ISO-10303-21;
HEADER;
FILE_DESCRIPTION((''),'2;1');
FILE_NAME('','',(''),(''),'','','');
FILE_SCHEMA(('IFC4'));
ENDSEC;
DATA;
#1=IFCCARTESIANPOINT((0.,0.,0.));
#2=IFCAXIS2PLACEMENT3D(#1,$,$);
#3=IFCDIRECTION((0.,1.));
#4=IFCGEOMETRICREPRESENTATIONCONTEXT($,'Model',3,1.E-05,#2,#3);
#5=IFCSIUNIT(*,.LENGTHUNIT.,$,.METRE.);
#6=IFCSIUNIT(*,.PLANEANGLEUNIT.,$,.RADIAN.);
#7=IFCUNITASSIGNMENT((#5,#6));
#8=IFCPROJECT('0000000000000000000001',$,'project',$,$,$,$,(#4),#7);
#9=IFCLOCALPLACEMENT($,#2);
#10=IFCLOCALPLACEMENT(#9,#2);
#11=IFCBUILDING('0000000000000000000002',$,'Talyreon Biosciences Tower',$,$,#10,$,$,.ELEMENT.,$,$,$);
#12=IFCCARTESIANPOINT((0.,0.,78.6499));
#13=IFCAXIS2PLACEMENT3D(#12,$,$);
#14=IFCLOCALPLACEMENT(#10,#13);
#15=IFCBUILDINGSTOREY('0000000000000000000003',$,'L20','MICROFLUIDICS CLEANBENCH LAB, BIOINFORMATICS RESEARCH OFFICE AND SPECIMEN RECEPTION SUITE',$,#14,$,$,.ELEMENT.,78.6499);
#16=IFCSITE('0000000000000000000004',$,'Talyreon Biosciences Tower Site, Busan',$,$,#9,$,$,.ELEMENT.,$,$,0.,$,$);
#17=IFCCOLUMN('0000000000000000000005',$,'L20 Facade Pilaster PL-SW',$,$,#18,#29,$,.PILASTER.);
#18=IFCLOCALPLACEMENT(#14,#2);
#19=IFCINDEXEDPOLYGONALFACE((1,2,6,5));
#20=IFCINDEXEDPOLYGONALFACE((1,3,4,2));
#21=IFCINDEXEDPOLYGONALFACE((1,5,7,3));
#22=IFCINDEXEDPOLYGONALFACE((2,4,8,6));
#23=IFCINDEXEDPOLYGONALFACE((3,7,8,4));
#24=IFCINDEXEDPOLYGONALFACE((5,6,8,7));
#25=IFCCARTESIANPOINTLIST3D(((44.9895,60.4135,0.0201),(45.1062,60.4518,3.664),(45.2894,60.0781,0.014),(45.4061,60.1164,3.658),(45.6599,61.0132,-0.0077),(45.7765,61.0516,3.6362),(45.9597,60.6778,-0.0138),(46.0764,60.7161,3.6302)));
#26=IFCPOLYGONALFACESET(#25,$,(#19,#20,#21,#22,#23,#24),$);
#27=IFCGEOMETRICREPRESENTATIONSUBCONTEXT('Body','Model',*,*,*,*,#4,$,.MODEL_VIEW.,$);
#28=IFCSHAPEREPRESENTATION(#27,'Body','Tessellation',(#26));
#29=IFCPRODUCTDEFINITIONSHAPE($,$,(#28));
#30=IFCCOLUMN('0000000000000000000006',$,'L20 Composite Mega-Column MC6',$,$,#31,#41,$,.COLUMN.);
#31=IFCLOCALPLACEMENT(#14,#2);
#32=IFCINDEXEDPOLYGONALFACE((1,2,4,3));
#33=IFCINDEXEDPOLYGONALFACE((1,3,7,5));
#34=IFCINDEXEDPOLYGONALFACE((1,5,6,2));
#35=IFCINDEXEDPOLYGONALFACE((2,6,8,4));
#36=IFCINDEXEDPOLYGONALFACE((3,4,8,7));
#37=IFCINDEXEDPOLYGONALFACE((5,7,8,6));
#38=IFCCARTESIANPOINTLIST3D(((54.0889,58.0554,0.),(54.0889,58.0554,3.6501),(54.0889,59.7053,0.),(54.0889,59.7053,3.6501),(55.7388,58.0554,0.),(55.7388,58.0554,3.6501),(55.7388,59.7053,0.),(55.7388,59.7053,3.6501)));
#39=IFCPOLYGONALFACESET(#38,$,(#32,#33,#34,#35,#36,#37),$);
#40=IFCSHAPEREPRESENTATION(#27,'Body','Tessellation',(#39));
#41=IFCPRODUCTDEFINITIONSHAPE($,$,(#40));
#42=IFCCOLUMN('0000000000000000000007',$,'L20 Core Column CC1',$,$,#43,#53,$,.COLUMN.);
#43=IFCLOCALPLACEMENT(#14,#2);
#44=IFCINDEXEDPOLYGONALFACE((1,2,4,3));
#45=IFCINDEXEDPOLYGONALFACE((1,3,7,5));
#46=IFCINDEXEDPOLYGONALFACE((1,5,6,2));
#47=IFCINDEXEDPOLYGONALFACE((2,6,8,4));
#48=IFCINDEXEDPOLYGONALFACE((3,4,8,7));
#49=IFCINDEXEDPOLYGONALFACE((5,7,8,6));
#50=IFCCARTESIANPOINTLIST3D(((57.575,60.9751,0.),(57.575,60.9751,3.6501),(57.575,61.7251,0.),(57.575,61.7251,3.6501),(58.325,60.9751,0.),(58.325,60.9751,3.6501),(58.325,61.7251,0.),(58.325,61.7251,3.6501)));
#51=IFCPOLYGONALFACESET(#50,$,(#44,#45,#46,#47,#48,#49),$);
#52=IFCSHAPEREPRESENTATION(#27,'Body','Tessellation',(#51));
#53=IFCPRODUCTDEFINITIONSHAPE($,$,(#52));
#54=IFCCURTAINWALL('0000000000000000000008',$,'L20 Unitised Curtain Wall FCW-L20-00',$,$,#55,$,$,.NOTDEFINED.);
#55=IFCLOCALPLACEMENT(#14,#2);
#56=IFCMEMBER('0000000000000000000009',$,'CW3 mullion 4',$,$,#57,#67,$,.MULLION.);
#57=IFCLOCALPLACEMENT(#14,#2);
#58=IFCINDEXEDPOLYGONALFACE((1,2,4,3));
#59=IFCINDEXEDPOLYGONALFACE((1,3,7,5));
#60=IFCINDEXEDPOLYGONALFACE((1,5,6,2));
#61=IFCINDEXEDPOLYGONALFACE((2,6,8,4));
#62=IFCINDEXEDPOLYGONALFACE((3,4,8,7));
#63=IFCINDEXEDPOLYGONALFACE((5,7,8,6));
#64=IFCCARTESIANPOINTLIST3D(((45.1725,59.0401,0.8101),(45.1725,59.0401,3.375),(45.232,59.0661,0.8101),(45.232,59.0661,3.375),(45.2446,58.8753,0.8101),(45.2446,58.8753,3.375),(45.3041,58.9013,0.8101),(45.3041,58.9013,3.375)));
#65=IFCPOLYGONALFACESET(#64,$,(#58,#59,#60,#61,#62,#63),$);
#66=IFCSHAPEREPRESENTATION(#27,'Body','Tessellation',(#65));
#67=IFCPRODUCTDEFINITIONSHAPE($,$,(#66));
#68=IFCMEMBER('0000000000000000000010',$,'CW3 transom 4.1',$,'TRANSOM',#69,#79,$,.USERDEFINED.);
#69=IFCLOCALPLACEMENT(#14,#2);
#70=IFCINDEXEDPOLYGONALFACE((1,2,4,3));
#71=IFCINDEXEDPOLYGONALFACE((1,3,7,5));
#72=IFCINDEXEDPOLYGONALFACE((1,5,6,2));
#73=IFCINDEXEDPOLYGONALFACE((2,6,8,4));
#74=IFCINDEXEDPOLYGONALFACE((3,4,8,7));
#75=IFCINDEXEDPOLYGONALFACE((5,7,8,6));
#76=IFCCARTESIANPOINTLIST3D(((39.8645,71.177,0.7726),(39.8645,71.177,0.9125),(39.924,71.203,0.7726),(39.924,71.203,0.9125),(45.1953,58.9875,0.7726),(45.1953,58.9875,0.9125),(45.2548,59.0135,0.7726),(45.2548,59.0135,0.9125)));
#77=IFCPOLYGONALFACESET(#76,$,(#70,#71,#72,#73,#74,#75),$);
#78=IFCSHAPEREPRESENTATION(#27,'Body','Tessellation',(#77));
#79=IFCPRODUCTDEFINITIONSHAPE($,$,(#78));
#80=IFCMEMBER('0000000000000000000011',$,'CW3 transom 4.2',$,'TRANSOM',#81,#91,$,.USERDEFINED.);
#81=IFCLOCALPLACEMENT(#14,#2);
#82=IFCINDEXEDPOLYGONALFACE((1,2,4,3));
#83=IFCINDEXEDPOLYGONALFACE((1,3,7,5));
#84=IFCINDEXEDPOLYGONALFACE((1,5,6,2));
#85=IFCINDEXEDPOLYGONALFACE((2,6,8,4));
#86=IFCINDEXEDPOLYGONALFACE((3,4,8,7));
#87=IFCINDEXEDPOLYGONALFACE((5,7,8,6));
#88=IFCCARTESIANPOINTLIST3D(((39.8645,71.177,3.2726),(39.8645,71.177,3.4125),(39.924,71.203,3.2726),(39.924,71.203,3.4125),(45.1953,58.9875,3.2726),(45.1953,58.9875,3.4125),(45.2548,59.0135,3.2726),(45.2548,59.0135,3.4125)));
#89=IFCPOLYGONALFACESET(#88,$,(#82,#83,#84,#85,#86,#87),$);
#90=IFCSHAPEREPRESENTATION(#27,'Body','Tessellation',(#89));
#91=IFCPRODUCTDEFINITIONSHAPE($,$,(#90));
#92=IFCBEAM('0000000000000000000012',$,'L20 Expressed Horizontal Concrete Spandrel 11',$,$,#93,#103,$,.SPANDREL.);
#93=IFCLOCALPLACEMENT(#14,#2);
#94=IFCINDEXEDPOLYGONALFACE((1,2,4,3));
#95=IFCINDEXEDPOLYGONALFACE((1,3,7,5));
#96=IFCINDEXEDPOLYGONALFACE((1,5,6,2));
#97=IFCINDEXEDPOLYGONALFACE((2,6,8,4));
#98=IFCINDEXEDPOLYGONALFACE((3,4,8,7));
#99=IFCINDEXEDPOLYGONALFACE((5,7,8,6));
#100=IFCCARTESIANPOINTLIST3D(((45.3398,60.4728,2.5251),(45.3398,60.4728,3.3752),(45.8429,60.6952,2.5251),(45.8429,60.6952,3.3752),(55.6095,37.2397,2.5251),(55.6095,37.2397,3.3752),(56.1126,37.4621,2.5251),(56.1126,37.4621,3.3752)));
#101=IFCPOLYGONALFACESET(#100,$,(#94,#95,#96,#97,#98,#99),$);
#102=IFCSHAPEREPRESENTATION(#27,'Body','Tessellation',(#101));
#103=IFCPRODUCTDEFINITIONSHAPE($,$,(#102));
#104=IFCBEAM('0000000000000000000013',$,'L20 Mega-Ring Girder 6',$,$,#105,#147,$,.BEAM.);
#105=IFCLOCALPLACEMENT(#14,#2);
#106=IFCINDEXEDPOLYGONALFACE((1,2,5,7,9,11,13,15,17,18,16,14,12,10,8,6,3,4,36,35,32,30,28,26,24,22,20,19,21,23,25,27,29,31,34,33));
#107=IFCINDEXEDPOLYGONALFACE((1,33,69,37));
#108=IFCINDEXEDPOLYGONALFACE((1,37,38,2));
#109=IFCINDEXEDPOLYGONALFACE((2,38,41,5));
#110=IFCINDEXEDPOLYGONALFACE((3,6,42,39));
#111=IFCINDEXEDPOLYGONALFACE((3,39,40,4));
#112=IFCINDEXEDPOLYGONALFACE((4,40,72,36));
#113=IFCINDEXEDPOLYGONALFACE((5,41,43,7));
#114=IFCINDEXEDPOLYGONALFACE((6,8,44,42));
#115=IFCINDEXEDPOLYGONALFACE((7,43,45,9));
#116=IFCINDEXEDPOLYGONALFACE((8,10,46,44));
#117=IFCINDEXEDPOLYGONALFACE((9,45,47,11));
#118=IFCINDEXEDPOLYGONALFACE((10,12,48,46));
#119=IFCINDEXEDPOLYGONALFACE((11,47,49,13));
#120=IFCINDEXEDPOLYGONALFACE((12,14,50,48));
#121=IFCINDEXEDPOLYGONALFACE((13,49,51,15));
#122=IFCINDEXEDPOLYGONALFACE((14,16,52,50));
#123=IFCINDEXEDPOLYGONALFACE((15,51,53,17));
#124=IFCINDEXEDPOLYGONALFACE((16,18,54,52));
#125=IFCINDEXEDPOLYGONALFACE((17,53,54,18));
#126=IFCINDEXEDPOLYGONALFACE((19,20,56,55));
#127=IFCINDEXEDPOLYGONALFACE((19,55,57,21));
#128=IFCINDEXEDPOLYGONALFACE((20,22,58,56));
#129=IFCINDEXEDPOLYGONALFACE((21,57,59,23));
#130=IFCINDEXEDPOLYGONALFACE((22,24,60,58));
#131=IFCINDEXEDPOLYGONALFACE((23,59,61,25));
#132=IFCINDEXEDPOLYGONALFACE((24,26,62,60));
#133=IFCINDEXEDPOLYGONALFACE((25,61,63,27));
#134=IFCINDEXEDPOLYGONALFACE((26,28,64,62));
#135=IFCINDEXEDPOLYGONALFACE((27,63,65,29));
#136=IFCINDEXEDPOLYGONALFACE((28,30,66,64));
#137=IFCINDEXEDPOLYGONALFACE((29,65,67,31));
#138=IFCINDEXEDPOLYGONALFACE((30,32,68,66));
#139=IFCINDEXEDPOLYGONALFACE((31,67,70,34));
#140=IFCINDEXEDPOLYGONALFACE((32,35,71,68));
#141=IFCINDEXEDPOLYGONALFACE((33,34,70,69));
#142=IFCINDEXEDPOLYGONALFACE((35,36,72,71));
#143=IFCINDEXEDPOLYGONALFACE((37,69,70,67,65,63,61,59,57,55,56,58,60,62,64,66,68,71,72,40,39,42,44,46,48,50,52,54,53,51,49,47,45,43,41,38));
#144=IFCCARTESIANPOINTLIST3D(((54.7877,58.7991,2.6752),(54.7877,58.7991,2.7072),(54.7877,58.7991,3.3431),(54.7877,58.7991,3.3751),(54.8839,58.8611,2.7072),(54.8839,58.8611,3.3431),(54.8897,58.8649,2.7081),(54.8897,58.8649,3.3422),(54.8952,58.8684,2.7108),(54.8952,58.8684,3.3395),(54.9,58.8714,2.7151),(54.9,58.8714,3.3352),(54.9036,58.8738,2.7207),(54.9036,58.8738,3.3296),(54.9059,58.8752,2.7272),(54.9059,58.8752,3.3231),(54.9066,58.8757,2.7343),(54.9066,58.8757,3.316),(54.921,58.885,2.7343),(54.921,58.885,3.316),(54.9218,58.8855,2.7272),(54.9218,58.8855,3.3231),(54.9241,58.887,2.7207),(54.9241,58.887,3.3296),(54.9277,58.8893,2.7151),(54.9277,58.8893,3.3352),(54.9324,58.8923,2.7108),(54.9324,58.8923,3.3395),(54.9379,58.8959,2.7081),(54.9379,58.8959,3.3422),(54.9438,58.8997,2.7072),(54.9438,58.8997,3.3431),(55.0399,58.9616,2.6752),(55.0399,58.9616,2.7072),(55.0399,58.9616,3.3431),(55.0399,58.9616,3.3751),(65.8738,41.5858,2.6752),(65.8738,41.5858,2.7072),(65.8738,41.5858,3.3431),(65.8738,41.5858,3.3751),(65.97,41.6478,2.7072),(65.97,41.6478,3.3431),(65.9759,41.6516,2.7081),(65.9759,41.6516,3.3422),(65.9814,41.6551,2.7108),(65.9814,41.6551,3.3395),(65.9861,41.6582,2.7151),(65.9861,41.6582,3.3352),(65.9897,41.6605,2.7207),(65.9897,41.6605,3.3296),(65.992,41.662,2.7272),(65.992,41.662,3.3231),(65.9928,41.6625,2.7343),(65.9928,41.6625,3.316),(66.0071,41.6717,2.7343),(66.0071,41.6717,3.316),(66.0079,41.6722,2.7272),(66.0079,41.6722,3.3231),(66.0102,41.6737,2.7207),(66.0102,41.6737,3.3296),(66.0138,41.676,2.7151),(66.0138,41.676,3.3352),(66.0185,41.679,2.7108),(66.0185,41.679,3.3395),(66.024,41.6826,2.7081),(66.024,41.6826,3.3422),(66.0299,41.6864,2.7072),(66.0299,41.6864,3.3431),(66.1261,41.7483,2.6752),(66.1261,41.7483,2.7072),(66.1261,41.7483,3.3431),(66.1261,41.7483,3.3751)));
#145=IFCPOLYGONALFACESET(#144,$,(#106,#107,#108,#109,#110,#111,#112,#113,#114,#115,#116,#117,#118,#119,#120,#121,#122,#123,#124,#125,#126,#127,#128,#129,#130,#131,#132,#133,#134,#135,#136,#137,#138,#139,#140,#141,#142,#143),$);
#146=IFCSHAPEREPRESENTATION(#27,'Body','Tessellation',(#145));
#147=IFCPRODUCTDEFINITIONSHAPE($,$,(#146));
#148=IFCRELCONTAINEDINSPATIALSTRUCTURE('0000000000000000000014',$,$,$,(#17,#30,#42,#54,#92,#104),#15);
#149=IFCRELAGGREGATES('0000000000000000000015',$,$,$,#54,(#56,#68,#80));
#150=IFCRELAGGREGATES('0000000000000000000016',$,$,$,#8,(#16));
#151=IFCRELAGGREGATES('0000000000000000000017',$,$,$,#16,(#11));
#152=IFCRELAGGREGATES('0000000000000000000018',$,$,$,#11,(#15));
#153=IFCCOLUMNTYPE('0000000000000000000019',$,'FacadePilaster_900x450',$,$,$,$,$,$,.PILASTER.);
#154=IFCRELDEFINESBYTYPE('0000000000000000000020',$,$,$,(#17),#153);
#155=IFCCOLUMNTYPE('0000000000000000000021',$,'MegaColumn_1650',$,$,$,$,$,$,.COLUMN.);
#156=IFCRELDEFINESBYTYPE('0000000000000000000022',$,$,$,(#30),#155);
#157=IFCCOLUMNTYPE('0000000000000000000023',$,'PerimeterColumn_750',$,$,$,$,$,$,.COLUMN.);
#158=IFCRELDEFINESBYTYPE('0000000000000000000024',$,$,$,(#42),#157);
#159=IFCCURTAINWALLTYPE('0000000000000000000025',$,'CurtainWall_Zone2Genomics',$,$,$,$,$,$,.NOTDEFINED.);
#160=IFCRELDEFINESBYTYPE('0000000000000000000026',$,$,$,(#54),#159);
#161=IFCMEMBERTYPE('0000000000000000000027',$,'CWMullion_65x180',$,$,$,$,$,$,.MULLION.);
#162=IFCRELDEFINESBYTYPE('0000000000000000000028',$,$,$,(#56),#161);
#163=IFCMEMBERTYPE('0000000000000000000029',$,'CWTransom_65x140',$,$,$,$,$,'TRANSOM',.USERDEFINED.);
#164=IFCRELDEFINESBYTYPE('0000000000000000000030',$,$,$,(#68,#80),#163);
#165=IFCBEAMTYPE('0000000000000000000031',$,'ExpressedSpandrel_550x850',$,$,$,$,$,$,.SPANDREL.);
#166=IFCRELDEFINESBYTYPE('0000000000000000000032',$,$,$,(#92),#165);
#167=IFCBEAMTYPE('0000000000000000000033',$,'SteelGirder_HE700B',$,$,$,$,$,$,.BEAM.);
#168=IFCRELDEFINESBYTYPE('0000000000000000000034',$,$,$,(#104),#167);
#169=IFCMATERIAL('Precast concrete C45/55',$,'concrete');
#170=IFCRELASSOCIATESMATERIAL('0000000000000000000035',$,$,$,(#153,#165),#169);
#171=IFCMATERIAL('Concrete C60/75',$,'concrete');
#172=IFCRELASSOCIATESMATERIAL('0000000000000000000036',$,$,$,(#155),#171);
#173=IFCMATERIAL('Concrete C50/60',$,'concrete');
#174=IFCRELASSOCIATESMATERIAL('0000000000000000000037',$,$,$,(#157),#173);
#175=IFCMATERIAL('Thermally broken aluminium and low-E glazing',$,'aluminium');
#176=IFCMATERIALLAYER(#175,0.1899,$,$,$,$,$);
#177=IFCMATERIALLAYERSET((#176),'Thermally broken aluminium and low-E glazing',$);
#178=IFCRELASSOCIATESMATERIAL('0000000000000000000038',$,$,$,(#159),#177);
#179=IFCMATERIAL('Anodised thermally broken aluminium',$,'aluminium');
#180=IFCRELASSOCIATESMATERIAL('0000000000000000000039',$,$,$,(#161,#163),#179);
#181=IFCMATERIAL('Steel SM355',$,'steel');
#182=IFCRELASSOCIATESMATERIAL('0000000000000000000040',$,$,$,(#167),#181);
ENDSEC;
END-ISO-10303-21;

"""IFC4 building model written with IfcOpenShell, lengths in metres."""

from ifc_helpers import new_model, si_unit, direction, frame, origin, origin_2d, place, context, subcontext, project, spatial, rectangle, i_section, extrude, material, layer, layer_set, material_profile, profile_set, type_object, element, aggregate, save


model = new_model("IFC4")

# Units and contexts
model_context = context("Model", 3, precision=1e-05, world=origin(), true_north=direction((0.0, 1.0)))
body_context = subcontext(model_context, "Body", "Model", "MODEL_VIEW")
ifc_project = project(units=[si_unit("LENGTHUNIT", "METRE"), si_unit("PLANEANGLEUNIT", "RADIAN")], contexts=[model_context])

# Site, building, storey
site_placement = place(None, origin())
site = spatial("IfcSite", under=ifc_project, at=site_placement, Name="Talyreon Biosciences Tower Site, Busan", CompositionType="ELEMENT", RefElevation=0.0)
building_placement = place(site_placement, origin())
building = spatial("IfcBuilding", under=site, at=building_placement, Name="Talyreon Biosciences Tower", CompositionType="ELEMENT")
storey_placement = place(building_placement, frame((0.0, 0.0, 78.6499)))
storey = spatial("IfcBuildingStorey", under=building, at=storey_placement, Name="L20", Description="MICROFLUIDICS CLEANBENCH LAB, BIOINFORMATICS RESEARCH OFFICE AND SPECIMEN RECEPTION SUITE", CompositionType="ELEMENT", Elevation=78.6499)

# Columns
ifc_material_1 = material(Name="Precast concrete C45/55", Category="concrete")
ifc_material_profile_1 = material_profile(ifc_material_1, rectangle(XDim=0.8999, YDim=0.45, at=origin_2d()), Name="RC 900x450")
ifc_profile_set_1 = profile_set([ifc_material_profile_1], Name="Precast concrete C45/55")
column_type_1 = type_object("IfcColumnType", Name="FacadePilaster_900x450", PredefinedType="PILASTER", material=ifc_profile_set_1)
column_1_placement = place(storey_placement, frame((45.4746, 60.5457, 0.0032), z_axis=(0.032006, 0.010513, 0.999432), x_axis=(0.744902, 0.666459, -0.030865)))
element("IfcColumn", 1, at=column_1_placement, inside=storey, type_object=column_type_1, Name="L20 Facade Pilaster PL-SW", PredefinedType="PILASTER", context=body_context, shape_type="SweptSolid", body=[
    extrude(rectangle(XDim=0.8999, YDim=0.45, at=origin_2d()), origin(), (0.0, 0.0, 1.0), 3.646),
])
ifc_material_2 = material(Name="Concrete C60/75", Category="concrete")
ifc_material_profile_2 = material_profile(ifc_material_2, rectangle(XDim=1.6499, YDim=1.6499, at=origin_2d()), Name="RC 1650x1650")
ifc_profile_set_2 = profile_set([ifc_material_profile_2], Name="Concrete C60/75")
column_type_2 = type_object("IfcColumnType", Name="MegaColumn_1650", PredefinedType="COLUMN", material=ifc_profile_set_2)
column_2_placement = place(storey_placement, frame((54.9138, 58.8804, 0.0), z_axis=(0.0, 0.0, 1.0), x_axis=(1.0, 0.0, 0.0)))
element("IfcColumn", 2, at=column_2_placement, inside=storey, type_object=column_type_2, Name="L20 Composite Mega-Column MC6", PredefinedType="COLUMN", context=body_context, shape_type="SweptSolid", body=[
    extrude(rectangle(XDim=1.6499, YDim=1.6499, at=origin_2d()), origin(), (0.0, 0.0, 1.0), 3.6501),
])
ifc_material_3 = material(Name="Concrete C50/60", Category="concrete")
ifc_material_profile_3 = material_profile(ifc_material_3, rectangle(XDim=0.75, YDim=0.75, at=origin_2d()), Name="RC 750x750")
ifc_profile_set_3 = profile_set([ifc_material_profile_3], Name="Concrete C50/60")
column_type_3 = type_object("IfcColumnType", Name="PerimeterColumn_750", PredefinedType="COLUMN", material=ifc_profile_set_3)
column_3_placement = place(storey_placement, frame((57.95, 61.3501, 0.0), z_axis=(0.0, 0.0, 1.0), x_axis=(1.0, 0.0, 0.0)))
element("IfcColumn", 3, at=column_3_placement, inside=storey, type_object=column_type_3, Name="L20 Core Column CC1", PredefinedType="COLUMN", context=body_context, shape_type="SweptSolid", body=[
    extrude(rectangle(XDim=0.75, YDim=0.75, at=origin_2d()), origin(), (0.0, 0.0, 1.0), 3.6501),
])

# Curtain wall, members
ifc_material_4 = material(Name="Thermally broken aluminium and low-E glazing", Category="aluminium")
ifc_layer_1 = layer(ifc_material_4, 0.1899)
ifc_layer_set_1 = layer_set([ifc_layer_1], Name="Thermally broken aluminium and low-E glazing")
curtain_wall_type = type_object("IfcCurtainWallType", Name="CurtainWall_Zone2Genomics", PredefinedType="NOTDEFINED", material=ifc_layer_set_1)
curtain_wall_placement = place(storey_placement, origin())
curtain_wall = element("IfcCurtainWall", 4, at=curtain_wall_placement, inside=storey, type_object=curtain_wall_type, Name="L20 Unitised Curtain Wall FCW-L20-00", PredefinedType="NOTDEFINED")
ifc_material_5 = material(Name="Anodised thermally broken aluminium", Category="aluminium")
ifc_material_profile_4 = material_profile(ifc_material_5, rectangle(XDim=0.0649, YDim=0.1799, at=origin_2d()), Name="ALUM MULLION 65x180")
ifc_profile_set_4 = profile_set([ifc_material_profile_4], Name="Anodised thermally broken aluminium")
member_type_1 = type_object("IfcMemberType", Name="CWMullion_65x180", PredefinedType="MULLION", material=ifc_profile_set_4)
member_1_placement = place(storey_placement, frame((45.2383, 58.9707, 0.8101), z_axis=(0.0, 0.0, 1.0), x_axis=(-0.916214, -0.400689, 0.0)))
member_1 = element("IfcMember", 5, at=member_1_placement, type_object=member_type_1, Name="CW3 mullion 4", PredefinedType="MULLION", context=body_context, shape_type="SweptSolid", body=[
    extrude(rectangle(XDim=0.0649, YDim=0.1799, at=origin_2d()), origin(), (0.0, 0.0, 1.0), 2.5649),
])
ifc_material_profile_5 = material_profile(ifc_material_5, rectangle(XDim=0.0649, YDim=0.1399, at=origin_2d()), Name="ALUM TRANSOM 65x140")
ifc_profile_set_5 = profile_set([ifc_material_profile_5], Name="Anodised thermally broken aluminium")
member_type_2 = type_object("IfcMemberType", Name="CWTransom_65x140", ElementType="TRANSOM", PredefinedType="USERDEFINED", material=ifc_profile_set_5)
member_2_placement = place(storey_placement, frame((45.2251, 59.0005, 0.8425), z_axis=(-0.400688, 0.916215, 0.0), x_axis=(-0.916215, -0.400688, 0.0)))
member_2 = element("IfcMember", 6, at=member_2_placement, type_object=member_type_2, Name="CW3 transom 4.1", ObjectType="TRANSOM", PredefinedType="USERDEFINED", context=body_context, shape_type="SweptSolid", body=[
    extrude(rectangle(XDim=0.0649, YDim=0.1399, at=origin_2d()), origin(), (0.0, 0.0, 1.0), 13.3042),
])
member_3_placement = place(storey_placement, frame((45.2251, 59.0005, 3.3425), z_axis=(-0.400688, 0.916215, 0.0), x_axis=(-0.916215, -0.400688, 0.0)))
member_3 = element("IfcMember", 7, at=member_3_placement, type_object=member_type_2, Name="CW3 transom 4.2", ObjectType="TRANSOM", PredefinedType="USERDEFINED", context=body_context, shape_type="SweptSolid", body=[
    extrude(rectangle(XDim=0.0649, YDim=0.1399, at=origin_2d()), origin(), (0.0, 0.0, 1.0), 13.3042),
])

# Beams
ifc_material_profile_6 = material_profile(ifc_material_1, rectangle(XDim=0.55, YDim=0.8501, at=origin_2d()), Name="RCB 550x850")
ifc_profile_set_6 = profile_set([ifc_material_profile_6], Name="Precast concrete C45/55")
beam_type_1 = type_object("IfcBeamType", Name="ExpressedSpandrel_550x850", PredefinedType="SPANDREL", material=ifc_profile_set_6)
beam_1_placement = place(storey_placement, frame((45.5913, 60.584, 2.9502), z_axis=(0.404294, -0.914629, 0.0), x_axis=(0.914629, 0.404294, 0.0)))
element("IfcBeam", 8, at=beam_1_placement, inside=storey, type_object=beam_type_1, Name="L20 Expressed Horizontal Concrete Spandrel 11", PredefinedType="SPANDREL", context=body_context, shape_type="SweptSolid", body=[
    extrude(rectangle(XDim=0.55, YDim=0.8501, at=origin_2d()), origin(), (0.0, 0.0, 1.0), 25.4016),
])
ifc_material_6 = material(Name="Steel SM355", Category="steel")
ifc_material_profile_7 = material_profile(ifc_material_6, i_section(OverallWidth=0.3, OverallDepth=0.7, WebThickness=0.0171, FlangeThickness=0.032, FilletRadius=0.0271, at=origin_2d()), Name="HE700B")
ifc_profile_set_7 = profile_set([ifc_material_profile_7], Name="Steel SM355")
beam_type_2 = type_object("IfcBeamType", Name="SteelGirder_HE700B", PredefinedType="BEAM", material=ifc_profile_set_7)
beam_2_placement = place(storey_placement, frame((54.9138, 58.8804, 3.0251), z_axis=(0.541464, -0.840724, 0.0), x_axis=(0.840724, 0.541464, 0.0)))
element("IfcBeam", 9, at=beam_2_placement, inside=storey, type_object=beam_type_2, Name="L20 Mega-Ring Girder 6", PredefinedType="BEAM", context=body_context, shape_type="SweptSolid", body=[
    extrude(i_section(OverallWidth=0.3, OverallDepth=0.7, WebThickness=0.0171, FlangeThickness=0.032, FilletRadius=0.0271, at=origin_2d()), origin(), (0.0, 0.0, 1.0), 20.4744),
])

aggregate(curtain_wall, [member_1, member_2, member_3])

save(model, "model.ifc")
